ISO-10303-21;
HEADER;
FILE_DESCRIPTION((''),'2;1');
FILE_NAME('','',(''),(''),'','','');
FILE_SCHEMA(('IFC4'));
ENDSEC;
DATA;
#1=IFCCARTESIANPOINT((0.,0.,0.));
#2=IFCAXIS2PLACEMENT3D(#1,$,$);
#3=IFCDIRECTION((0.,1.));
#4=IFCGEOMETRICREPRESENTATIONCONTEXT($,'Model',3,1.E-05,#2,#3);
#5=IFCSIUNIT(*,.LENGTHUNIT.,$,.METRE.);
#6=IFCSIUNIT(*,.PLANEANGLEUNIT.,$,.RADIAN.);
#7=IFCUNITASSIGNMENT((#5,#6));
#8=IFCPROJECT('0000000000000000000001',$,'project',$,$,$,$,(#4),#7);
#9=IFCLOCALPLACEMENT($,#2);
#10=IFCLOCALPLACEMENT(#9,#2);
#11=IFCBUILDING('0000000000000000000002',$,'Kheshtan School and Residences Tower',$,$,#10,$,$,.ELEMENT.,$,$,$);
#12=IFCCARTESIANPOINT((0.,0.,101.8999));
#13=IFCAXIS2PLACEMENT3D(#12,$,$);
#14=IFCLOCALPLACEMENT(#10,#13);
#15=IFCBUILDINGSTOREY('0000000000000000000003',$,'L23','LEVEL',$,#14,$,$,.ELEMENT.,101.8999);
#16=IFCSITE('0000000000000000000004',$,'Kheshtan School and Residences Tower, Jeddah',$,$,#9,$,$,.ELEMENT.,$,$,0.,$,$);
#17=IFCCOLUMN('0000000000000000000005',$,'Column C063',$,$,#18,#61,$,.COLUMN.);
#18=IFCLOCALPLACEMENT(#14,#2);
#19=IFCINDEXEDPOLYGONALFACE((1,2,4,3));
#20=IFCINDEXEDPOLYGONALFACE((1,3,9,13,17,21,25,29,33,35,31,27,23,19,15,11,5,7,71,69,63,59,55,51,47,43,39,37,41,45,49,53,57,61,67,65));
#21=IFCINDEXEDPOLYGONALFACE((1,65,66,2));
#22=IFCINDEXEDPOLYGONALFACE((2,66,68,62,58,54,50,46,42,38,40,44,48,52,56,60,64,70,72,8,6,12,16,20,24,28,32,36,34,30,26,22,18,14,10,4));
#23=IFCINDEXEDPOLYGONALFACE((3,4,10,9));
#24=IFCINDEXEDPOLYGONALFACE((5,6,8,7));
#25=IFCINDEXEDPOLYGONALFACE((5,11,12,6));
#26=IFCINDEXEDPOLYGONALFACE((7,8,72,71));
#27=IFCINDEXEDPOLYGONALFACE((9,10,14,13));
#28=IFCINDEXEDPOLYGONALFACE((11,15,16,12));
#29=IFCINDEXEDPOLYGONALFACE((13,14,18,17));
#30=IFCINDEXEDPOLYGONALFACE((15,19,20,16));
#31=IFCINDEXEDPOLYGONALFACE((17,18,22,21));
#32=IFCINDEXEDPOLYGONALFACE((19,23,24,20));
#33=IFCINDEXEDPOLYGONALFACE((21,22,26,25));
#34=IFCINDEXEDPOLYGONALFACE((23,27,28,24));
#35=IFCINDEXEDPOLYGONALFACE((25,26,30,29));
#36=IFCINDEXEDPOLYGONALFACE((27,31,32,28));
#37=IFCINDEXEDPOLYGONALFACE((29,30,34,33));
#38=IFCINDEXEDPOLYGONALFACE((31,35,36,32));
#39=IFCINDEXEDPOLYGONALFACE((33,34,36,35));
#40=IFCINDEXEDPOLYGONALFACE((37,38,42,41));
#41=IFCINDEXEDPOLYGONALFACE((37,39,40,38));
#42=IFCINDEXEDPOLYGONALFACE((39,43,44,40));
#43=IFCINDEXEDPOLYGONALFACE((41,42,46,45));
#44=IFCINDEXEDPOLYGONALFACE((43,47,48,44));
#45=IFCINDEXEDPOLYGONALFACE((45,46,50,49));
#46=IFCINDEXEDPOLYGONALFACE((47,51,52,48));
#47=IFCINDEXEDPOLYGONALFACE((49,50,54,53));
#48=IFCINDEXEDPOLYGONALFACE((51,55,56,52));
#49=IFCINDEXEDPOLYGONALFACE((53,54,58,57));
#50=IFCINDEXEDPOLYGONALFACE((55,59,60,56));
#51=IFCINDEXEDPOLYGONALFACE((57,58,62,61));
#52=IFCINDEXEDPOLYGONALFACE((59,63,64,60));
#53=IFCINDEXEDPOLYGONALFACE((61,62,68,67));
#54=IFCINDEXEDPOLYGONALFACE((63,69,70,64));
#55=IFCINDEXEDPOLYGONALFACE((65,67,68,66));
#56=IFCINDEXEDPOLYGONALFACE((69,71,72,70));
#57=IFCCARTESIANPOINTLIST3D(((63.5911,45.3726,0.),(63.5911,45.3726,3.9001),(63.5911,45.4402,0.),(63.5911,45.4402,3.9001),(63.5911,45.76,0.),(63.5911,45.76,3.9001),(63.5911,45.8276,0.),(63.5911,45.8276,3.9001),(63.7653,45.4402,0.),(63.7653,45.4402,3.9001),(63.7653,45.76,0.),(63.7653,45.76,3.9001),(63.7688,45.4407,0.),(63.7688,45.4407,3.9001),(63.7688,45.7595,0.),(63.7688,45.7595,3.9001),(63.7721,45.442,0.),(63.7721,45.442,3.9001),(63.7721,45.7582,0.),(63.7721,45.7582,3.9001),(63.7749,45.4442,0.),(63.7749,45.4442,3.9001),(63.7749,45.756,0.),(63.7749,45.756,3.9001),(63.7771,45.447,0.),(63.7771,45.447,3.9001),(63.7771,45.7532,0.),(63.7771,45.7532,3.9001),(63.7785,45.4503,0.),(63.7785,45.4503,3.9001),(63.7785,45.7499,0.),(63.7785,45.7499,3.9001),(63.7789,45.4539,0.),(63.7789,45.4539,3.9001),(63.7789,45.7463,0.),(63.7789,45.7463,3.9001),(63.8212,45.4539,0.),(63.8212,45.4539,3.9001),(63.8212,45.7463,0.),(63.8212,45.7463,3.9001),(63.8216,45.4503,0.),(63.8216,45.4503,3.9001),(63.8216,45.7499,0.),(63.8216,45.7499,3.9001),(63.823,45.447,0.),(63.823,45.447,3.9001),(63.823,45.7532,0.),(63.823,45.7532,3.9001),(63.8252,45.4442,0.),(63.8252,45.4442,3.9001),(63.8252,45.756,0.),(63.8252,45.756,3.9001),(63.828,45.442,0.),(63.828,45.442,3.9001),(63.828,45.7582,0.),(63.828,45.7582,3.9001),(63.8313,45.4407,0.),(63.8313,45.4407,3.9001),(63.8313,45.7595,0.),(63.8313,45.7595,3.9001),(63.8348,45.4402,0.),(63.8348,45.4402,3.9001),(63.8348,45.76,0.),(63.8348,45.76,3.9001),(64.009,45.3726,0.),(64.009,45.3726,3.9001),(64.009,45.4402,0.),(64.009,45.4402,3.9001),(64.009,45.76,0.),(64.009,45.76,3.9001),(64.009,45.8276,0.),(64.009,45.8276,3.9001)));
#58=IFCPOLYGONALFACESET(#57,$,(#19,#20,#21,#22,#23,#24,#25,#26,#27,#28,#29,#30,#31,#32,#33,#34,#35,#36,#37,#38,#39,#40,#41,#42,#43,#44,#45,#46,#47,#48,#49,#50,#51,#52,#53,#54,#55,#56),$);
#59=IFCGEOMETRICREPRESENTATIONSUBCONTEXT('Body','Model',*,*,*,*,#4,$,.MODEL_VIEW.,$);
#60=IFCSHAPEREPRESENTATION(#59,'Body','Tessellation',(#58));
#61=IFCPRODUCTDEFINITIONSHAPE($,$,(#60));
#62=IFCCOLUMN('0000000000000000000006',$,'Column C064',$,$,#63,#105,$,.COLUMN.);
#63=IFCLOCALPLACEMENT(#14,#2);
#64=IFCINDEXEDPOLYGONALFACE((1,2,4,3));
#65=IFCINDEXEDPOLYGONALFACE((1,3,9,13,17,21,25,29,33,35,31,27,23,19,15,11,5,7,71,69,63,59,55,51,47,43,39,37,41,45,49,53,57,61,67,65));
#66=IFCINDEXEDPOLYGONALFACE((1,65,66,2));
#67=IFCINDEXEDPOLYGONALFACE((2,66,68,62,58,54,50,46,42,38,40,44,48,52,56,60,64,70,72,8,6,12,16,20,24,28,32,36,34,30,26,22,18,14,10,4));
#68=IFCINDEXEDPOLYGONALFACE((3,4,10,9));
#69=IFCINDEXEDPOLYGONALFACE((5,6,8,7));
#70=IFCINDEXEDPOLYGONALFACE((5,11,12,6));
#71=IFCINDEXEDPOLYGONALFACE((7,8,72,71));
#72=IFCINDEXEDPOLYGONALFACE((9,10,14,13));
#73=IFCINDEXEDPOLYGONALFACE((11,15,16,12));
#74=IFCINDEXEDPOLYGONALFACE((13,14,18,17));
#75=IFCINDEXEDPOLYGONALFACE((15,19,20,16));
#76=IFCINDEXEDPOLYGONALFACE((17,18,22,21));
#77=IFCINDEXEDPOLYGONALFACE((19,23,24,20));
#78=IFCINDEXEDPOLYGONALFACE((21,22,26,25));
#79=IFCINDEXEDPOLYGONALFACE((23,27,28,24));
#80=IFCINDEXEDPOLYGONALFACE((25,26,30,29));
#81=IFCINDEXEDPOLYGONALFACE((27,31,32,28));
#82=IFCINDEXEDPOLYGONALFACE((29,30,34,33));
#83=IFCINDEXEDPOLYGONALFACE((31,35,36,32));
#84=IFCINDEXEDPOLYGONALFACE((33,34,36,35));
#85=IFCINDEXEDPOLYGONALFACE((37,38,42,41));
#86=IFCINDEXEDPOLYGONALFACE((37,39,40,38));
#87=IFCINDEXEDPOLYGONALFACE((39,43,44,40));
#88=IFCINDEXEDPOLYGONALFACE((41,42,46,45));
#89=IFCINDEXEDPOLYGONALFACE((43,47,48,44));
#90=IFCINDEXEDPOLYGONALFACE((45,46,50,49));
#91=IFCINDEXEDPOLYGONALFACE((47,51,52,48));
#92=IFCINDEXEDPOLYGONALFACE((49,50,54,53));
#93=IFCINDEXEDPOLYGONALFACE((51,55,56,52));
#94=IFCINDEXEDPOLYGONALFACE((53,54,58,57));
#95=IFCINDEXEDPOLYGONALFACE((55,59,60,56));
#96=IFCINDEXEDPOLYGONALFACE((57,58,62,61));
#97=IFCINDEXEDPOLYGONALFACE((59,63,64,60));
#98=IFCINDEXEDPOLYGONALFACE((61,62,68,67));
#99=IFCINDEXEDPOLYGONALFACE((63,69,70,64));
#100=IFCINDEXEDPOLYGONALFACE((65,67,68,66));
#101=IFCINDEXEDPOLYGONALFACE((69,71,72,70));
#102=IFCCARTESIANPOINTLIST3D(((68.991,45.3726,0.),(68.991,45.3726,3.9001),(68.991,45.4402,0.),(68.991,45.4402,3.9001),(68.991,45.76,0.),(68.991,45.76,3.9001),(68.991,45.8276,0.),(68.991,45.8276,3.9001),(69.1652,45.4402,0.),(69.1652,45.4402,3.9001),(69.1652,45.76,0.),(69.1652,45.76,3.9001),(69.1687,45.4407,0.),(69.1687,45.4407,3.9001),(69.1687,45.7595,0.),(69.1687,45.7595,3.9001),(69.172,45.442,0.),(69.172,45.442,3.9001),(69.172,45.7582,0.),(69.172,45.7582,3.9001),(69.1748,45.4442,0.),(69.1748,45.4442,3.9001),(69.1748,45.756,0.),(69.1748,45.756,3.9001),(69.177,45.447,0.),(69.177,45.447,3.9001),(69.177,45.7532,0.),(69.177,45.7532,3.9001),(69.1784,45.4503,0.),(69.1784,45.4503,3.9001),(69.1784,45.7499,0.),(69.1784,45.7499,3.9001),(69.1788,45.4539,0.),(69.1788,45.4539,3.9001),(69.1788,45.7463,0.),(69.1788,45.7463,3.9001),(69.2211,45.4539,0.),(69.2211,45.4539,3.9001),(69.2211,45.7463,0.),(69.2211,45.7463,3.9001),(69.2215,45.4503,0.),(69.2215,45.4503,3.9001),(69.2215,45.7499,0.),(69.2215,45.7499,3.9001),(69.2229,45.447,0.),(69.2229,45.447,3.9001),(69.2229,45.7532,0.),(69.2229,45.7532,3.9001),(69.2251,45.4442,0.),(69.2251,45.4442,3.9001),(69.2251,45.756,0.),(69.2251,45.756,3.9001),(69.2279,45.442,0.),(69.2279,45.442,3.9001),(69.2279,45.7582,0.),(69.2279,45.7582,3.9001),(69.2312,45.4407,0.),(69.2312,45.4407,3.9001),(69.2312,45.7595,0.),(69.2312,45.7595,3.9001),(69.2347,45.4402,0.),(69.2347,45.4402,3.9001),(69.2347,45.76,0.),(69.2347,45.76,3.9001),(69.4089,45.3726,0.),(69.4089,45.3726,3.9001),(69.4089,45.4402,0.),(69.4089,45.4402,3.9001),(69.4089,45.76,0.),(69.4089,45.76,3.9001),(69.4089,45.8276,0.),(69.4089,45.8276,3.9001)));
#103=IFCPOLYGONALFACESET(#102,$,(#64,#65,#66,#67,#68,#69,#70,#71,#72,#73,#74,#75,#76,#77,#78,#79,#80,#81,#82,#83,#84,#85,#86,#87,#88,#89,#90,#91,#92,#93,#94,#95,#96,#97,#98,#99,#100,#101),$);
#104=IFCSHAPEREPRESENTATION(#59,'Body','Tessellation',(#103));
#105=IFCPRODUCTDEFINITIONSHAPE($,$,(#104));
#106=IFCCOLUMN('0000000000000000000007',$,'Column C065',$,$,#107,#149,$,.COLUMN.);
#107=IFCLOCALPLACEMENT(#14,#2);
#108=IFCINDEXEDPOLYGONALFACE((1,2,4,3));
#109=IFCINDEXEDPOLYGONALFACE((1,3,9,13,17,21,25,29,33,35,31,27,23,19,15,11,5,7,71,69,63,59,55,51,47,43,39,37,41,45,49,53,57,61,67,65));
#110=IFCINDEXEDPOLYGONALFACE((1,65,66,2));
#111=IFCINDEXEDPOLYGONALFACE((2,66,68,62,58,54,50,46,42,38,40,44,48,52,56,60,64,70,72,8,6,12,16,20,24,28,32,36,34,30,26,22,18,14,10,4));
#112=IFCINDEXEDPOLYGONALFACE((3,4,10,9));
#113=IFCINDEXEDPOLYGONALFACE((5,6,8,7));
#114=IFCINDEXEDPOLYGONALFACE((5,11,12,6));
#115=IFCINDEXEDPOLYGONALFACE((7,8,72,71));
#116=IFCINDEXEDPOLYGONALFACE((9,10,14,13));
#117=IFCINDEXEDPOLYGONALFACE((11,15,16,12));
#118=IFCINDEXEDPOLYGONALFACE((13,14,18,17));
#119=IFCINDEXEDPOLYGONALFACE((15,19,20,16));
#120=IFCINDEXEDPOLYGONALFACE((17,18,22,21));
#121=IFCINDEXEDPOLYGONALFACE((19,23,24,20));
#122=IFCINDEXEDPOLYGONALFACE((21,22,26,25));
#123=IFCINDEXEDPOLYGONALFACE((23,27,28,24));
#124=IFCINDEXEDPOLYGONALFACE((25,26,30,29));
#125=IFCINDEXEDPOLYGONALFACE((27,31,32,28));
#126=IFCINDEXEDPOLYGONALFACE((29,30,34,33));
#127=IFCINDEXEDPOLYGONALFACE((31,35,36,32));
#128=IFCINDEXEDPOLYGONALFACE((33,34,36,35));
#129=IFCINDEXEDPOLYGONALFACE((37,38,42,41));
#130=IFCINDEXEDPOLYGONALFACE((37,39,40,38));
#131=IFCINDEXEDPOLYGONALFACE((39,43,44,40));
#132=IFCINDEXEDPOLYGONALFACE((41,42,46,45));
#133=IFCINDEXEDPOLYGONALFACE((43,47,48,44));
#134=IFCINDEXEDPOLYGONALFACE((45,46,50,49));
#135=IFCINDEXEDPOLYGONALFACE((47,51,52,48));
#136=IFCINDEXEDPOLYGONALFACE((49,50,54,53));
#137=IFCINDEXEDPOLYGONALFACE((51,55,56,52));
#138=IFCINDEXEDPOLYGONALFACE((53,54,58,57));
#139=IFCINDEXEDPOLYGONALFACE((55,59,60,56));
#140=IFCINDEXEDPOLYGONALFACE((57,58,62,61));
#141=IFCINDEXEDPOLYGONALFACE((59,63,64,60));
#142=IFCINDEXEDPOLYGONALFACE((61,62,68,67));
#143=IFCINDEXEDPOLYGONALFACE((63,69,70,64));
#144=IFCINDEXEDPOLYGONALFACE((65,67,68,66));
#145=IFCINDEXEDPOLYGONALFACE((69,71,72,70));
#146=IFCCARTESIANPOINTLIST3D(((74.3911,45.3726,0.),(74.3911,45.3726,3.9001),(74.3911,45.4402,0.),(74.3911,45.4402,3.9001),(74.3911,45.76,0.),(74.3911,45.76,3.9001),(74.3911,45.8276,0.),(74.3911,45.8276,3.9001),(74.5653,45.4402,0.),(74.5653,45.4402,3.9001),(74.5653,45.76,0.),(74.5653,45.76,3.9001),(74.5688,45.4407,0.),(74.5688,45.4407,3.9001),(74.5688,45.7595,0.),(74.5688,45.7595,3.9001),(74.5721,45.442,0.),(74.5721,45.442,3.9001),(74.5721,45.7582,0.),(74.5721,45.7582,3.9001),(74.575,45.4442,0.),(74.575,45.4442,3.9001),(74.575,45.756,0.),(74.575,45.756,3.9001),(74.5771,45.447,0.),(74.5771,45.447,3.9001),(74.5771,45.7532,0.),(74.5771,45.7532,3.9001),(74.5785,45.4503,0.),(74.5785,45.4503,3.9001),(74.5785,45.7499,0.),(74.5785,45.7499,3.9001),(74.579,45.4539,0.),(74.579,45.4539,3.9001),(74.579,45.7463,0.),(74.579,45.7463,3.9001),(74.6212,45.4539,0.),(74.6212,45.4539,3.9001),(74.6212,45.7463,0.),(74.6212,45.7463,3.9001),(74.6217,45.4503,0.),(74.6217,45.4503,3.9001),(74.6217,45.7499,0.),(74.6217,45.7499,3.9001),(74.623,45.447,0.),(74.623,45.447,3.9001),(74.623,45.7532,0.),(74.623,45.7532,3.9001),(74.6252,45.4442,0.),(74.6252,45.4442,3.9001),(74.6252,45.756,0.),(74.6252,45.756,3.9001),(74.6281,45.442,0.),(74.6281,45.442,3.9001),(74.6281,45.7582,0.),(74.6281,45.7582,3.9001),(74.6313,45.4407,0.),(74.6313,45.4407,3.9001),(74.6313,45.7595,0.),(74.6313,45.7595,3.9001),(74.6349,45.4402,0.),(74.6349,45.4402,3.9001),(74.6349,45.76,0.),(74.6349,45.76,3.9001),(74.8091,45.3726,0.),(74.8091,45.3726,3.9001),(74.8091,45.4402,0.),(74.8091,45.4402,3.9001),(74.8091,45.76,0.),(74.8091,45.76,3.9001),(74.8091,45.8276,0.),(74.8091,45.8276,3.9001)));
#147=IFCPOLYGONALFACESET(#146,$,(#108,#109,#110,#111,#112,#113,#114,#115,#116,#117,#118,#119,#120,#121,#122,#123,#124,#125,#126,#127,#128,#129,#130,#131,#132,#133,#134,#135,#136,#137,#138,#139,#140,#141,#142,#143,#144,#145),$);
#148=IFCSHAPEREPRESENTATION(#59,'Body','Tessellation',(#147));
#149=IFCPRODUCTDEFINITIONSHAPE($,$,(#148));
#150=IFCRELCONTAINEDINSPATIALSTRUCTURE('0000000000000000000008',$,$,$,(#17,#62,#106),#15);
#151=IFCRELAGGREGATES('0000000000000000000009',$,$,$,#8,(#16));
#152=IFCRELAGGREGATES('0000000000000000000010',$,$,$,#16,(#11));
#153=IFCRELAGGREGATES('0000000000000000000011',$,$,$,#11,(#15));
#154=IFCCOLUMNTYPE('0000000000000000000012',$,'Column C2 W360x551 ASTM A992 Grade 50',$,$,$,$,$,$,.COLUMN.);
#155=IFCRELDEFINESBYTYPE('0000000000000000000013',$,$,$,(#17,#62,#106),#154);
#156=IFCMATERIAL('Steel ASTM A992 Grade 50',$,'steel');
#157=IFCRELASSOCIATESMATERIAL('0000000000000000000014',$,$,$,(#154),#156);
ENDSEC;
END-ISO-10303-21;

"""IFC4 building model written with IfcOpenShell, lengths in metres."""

from ifc_helpers import new_model, si_unit, direction, frame, origin, origin_2d, place, context, subcontext, project, spatial, i_section, extrude, material, material_profile, profile_set, type_object, element, save


model = new_model("IFC4")

# Units and contexts
model_context = context("Model", 3, precision=1e-05, world=origin(), true_north=direction((0.0, 1.0)))
body_context = subcontext(model_context, "Body", "Model", "MODEL_VIEW")
ifc_project = project(units=[si_unit("LENGTHUNIT", "METRE"), si_unit("PLANEANGLEUNIT", "RADIAN")], contexts=[model_context])

# Site, building, storey
site_placement = place(None, origin())
site = spatial("IfcSite", under=ifc_project, at=site_placement, Name="Kheshtan School and Residences Tower, Jeddah", CompositionType="ELEMENT", RefElevation=0.0)
building_placement = place(site_placement, origin())
building = spatial("IfcBuilding", under=site, at=building_placement, Name="Kheshtan School and Residences Tower", CompositionType="ELEMENT")
storey_placement = place(building_placement, frame((0.0, 0.0, 101.8999)))
storey = spatial("IfcBuildingStorey", under=building, at=storey_placement, Name="L23", Description="LEVEL", CompositionType="ELEMENT", Elevation=101.8999)

# Columns
ifc_material_1 = material(Name="Steel ASTM A992 Grade 50", Category="steel")
ifc_material_profile_1 = material_profile(ifc_material_1, i_section(OverallWidth=0.418, OverallDepth=0.4551, WebThickness=0.0422, FlangeThickness=0.0676, FilletRadius=0.0137, at=origin_2d()), Name="W360x551")
ifc_profile_set_1 = profile_set([ifc_material_profile_1], Name="Steel ASTM A992 Grade 50")
column_type_1 = type_object("IfcColumnType", Name="Column C2 W360x551 ASTM A992 Grade 50", PredefinedType="COLUMN", material=ifc_profile_set_1)
for number, where, z_axis, x_axis, name in (
    (1, (63.8, 45.6001, 0.0), (0.0, 0.0, 1.0), (1.0, 0.0, 0.0), "Column C063"),
    (2, (69.2, 45.6001, 0.0), (0.0, 0.0, 1.0), (1.0, 0.0, 0.0), "Column C064"),
    (3, (74.6001, 45.6001, 0.0), (0.0, 0.0, 1.0), (1.0, 0.0, 0.0), "Column C065"),
):
    element("IfcColumn", number, at=place(storey_placement, frame(where, z_axis=z_axis, x_axis=x_axis)), inside=storey, type_object=column_type_1, Name=name, PredefinedType="COLUMN", context=body_context, shape_type="SweptSolid", body=[
        extrude(i_section(OverallWidth=0.418, OverallDepth=0.4551, WebThickness=0.0422, FlangeThickness=0.0676, FilletRadius=0.0137, at=origin_2d()), origin(), (0.0, 0.0, 1.0), 3.9001),
    ])

save(model, "model.ifc")
